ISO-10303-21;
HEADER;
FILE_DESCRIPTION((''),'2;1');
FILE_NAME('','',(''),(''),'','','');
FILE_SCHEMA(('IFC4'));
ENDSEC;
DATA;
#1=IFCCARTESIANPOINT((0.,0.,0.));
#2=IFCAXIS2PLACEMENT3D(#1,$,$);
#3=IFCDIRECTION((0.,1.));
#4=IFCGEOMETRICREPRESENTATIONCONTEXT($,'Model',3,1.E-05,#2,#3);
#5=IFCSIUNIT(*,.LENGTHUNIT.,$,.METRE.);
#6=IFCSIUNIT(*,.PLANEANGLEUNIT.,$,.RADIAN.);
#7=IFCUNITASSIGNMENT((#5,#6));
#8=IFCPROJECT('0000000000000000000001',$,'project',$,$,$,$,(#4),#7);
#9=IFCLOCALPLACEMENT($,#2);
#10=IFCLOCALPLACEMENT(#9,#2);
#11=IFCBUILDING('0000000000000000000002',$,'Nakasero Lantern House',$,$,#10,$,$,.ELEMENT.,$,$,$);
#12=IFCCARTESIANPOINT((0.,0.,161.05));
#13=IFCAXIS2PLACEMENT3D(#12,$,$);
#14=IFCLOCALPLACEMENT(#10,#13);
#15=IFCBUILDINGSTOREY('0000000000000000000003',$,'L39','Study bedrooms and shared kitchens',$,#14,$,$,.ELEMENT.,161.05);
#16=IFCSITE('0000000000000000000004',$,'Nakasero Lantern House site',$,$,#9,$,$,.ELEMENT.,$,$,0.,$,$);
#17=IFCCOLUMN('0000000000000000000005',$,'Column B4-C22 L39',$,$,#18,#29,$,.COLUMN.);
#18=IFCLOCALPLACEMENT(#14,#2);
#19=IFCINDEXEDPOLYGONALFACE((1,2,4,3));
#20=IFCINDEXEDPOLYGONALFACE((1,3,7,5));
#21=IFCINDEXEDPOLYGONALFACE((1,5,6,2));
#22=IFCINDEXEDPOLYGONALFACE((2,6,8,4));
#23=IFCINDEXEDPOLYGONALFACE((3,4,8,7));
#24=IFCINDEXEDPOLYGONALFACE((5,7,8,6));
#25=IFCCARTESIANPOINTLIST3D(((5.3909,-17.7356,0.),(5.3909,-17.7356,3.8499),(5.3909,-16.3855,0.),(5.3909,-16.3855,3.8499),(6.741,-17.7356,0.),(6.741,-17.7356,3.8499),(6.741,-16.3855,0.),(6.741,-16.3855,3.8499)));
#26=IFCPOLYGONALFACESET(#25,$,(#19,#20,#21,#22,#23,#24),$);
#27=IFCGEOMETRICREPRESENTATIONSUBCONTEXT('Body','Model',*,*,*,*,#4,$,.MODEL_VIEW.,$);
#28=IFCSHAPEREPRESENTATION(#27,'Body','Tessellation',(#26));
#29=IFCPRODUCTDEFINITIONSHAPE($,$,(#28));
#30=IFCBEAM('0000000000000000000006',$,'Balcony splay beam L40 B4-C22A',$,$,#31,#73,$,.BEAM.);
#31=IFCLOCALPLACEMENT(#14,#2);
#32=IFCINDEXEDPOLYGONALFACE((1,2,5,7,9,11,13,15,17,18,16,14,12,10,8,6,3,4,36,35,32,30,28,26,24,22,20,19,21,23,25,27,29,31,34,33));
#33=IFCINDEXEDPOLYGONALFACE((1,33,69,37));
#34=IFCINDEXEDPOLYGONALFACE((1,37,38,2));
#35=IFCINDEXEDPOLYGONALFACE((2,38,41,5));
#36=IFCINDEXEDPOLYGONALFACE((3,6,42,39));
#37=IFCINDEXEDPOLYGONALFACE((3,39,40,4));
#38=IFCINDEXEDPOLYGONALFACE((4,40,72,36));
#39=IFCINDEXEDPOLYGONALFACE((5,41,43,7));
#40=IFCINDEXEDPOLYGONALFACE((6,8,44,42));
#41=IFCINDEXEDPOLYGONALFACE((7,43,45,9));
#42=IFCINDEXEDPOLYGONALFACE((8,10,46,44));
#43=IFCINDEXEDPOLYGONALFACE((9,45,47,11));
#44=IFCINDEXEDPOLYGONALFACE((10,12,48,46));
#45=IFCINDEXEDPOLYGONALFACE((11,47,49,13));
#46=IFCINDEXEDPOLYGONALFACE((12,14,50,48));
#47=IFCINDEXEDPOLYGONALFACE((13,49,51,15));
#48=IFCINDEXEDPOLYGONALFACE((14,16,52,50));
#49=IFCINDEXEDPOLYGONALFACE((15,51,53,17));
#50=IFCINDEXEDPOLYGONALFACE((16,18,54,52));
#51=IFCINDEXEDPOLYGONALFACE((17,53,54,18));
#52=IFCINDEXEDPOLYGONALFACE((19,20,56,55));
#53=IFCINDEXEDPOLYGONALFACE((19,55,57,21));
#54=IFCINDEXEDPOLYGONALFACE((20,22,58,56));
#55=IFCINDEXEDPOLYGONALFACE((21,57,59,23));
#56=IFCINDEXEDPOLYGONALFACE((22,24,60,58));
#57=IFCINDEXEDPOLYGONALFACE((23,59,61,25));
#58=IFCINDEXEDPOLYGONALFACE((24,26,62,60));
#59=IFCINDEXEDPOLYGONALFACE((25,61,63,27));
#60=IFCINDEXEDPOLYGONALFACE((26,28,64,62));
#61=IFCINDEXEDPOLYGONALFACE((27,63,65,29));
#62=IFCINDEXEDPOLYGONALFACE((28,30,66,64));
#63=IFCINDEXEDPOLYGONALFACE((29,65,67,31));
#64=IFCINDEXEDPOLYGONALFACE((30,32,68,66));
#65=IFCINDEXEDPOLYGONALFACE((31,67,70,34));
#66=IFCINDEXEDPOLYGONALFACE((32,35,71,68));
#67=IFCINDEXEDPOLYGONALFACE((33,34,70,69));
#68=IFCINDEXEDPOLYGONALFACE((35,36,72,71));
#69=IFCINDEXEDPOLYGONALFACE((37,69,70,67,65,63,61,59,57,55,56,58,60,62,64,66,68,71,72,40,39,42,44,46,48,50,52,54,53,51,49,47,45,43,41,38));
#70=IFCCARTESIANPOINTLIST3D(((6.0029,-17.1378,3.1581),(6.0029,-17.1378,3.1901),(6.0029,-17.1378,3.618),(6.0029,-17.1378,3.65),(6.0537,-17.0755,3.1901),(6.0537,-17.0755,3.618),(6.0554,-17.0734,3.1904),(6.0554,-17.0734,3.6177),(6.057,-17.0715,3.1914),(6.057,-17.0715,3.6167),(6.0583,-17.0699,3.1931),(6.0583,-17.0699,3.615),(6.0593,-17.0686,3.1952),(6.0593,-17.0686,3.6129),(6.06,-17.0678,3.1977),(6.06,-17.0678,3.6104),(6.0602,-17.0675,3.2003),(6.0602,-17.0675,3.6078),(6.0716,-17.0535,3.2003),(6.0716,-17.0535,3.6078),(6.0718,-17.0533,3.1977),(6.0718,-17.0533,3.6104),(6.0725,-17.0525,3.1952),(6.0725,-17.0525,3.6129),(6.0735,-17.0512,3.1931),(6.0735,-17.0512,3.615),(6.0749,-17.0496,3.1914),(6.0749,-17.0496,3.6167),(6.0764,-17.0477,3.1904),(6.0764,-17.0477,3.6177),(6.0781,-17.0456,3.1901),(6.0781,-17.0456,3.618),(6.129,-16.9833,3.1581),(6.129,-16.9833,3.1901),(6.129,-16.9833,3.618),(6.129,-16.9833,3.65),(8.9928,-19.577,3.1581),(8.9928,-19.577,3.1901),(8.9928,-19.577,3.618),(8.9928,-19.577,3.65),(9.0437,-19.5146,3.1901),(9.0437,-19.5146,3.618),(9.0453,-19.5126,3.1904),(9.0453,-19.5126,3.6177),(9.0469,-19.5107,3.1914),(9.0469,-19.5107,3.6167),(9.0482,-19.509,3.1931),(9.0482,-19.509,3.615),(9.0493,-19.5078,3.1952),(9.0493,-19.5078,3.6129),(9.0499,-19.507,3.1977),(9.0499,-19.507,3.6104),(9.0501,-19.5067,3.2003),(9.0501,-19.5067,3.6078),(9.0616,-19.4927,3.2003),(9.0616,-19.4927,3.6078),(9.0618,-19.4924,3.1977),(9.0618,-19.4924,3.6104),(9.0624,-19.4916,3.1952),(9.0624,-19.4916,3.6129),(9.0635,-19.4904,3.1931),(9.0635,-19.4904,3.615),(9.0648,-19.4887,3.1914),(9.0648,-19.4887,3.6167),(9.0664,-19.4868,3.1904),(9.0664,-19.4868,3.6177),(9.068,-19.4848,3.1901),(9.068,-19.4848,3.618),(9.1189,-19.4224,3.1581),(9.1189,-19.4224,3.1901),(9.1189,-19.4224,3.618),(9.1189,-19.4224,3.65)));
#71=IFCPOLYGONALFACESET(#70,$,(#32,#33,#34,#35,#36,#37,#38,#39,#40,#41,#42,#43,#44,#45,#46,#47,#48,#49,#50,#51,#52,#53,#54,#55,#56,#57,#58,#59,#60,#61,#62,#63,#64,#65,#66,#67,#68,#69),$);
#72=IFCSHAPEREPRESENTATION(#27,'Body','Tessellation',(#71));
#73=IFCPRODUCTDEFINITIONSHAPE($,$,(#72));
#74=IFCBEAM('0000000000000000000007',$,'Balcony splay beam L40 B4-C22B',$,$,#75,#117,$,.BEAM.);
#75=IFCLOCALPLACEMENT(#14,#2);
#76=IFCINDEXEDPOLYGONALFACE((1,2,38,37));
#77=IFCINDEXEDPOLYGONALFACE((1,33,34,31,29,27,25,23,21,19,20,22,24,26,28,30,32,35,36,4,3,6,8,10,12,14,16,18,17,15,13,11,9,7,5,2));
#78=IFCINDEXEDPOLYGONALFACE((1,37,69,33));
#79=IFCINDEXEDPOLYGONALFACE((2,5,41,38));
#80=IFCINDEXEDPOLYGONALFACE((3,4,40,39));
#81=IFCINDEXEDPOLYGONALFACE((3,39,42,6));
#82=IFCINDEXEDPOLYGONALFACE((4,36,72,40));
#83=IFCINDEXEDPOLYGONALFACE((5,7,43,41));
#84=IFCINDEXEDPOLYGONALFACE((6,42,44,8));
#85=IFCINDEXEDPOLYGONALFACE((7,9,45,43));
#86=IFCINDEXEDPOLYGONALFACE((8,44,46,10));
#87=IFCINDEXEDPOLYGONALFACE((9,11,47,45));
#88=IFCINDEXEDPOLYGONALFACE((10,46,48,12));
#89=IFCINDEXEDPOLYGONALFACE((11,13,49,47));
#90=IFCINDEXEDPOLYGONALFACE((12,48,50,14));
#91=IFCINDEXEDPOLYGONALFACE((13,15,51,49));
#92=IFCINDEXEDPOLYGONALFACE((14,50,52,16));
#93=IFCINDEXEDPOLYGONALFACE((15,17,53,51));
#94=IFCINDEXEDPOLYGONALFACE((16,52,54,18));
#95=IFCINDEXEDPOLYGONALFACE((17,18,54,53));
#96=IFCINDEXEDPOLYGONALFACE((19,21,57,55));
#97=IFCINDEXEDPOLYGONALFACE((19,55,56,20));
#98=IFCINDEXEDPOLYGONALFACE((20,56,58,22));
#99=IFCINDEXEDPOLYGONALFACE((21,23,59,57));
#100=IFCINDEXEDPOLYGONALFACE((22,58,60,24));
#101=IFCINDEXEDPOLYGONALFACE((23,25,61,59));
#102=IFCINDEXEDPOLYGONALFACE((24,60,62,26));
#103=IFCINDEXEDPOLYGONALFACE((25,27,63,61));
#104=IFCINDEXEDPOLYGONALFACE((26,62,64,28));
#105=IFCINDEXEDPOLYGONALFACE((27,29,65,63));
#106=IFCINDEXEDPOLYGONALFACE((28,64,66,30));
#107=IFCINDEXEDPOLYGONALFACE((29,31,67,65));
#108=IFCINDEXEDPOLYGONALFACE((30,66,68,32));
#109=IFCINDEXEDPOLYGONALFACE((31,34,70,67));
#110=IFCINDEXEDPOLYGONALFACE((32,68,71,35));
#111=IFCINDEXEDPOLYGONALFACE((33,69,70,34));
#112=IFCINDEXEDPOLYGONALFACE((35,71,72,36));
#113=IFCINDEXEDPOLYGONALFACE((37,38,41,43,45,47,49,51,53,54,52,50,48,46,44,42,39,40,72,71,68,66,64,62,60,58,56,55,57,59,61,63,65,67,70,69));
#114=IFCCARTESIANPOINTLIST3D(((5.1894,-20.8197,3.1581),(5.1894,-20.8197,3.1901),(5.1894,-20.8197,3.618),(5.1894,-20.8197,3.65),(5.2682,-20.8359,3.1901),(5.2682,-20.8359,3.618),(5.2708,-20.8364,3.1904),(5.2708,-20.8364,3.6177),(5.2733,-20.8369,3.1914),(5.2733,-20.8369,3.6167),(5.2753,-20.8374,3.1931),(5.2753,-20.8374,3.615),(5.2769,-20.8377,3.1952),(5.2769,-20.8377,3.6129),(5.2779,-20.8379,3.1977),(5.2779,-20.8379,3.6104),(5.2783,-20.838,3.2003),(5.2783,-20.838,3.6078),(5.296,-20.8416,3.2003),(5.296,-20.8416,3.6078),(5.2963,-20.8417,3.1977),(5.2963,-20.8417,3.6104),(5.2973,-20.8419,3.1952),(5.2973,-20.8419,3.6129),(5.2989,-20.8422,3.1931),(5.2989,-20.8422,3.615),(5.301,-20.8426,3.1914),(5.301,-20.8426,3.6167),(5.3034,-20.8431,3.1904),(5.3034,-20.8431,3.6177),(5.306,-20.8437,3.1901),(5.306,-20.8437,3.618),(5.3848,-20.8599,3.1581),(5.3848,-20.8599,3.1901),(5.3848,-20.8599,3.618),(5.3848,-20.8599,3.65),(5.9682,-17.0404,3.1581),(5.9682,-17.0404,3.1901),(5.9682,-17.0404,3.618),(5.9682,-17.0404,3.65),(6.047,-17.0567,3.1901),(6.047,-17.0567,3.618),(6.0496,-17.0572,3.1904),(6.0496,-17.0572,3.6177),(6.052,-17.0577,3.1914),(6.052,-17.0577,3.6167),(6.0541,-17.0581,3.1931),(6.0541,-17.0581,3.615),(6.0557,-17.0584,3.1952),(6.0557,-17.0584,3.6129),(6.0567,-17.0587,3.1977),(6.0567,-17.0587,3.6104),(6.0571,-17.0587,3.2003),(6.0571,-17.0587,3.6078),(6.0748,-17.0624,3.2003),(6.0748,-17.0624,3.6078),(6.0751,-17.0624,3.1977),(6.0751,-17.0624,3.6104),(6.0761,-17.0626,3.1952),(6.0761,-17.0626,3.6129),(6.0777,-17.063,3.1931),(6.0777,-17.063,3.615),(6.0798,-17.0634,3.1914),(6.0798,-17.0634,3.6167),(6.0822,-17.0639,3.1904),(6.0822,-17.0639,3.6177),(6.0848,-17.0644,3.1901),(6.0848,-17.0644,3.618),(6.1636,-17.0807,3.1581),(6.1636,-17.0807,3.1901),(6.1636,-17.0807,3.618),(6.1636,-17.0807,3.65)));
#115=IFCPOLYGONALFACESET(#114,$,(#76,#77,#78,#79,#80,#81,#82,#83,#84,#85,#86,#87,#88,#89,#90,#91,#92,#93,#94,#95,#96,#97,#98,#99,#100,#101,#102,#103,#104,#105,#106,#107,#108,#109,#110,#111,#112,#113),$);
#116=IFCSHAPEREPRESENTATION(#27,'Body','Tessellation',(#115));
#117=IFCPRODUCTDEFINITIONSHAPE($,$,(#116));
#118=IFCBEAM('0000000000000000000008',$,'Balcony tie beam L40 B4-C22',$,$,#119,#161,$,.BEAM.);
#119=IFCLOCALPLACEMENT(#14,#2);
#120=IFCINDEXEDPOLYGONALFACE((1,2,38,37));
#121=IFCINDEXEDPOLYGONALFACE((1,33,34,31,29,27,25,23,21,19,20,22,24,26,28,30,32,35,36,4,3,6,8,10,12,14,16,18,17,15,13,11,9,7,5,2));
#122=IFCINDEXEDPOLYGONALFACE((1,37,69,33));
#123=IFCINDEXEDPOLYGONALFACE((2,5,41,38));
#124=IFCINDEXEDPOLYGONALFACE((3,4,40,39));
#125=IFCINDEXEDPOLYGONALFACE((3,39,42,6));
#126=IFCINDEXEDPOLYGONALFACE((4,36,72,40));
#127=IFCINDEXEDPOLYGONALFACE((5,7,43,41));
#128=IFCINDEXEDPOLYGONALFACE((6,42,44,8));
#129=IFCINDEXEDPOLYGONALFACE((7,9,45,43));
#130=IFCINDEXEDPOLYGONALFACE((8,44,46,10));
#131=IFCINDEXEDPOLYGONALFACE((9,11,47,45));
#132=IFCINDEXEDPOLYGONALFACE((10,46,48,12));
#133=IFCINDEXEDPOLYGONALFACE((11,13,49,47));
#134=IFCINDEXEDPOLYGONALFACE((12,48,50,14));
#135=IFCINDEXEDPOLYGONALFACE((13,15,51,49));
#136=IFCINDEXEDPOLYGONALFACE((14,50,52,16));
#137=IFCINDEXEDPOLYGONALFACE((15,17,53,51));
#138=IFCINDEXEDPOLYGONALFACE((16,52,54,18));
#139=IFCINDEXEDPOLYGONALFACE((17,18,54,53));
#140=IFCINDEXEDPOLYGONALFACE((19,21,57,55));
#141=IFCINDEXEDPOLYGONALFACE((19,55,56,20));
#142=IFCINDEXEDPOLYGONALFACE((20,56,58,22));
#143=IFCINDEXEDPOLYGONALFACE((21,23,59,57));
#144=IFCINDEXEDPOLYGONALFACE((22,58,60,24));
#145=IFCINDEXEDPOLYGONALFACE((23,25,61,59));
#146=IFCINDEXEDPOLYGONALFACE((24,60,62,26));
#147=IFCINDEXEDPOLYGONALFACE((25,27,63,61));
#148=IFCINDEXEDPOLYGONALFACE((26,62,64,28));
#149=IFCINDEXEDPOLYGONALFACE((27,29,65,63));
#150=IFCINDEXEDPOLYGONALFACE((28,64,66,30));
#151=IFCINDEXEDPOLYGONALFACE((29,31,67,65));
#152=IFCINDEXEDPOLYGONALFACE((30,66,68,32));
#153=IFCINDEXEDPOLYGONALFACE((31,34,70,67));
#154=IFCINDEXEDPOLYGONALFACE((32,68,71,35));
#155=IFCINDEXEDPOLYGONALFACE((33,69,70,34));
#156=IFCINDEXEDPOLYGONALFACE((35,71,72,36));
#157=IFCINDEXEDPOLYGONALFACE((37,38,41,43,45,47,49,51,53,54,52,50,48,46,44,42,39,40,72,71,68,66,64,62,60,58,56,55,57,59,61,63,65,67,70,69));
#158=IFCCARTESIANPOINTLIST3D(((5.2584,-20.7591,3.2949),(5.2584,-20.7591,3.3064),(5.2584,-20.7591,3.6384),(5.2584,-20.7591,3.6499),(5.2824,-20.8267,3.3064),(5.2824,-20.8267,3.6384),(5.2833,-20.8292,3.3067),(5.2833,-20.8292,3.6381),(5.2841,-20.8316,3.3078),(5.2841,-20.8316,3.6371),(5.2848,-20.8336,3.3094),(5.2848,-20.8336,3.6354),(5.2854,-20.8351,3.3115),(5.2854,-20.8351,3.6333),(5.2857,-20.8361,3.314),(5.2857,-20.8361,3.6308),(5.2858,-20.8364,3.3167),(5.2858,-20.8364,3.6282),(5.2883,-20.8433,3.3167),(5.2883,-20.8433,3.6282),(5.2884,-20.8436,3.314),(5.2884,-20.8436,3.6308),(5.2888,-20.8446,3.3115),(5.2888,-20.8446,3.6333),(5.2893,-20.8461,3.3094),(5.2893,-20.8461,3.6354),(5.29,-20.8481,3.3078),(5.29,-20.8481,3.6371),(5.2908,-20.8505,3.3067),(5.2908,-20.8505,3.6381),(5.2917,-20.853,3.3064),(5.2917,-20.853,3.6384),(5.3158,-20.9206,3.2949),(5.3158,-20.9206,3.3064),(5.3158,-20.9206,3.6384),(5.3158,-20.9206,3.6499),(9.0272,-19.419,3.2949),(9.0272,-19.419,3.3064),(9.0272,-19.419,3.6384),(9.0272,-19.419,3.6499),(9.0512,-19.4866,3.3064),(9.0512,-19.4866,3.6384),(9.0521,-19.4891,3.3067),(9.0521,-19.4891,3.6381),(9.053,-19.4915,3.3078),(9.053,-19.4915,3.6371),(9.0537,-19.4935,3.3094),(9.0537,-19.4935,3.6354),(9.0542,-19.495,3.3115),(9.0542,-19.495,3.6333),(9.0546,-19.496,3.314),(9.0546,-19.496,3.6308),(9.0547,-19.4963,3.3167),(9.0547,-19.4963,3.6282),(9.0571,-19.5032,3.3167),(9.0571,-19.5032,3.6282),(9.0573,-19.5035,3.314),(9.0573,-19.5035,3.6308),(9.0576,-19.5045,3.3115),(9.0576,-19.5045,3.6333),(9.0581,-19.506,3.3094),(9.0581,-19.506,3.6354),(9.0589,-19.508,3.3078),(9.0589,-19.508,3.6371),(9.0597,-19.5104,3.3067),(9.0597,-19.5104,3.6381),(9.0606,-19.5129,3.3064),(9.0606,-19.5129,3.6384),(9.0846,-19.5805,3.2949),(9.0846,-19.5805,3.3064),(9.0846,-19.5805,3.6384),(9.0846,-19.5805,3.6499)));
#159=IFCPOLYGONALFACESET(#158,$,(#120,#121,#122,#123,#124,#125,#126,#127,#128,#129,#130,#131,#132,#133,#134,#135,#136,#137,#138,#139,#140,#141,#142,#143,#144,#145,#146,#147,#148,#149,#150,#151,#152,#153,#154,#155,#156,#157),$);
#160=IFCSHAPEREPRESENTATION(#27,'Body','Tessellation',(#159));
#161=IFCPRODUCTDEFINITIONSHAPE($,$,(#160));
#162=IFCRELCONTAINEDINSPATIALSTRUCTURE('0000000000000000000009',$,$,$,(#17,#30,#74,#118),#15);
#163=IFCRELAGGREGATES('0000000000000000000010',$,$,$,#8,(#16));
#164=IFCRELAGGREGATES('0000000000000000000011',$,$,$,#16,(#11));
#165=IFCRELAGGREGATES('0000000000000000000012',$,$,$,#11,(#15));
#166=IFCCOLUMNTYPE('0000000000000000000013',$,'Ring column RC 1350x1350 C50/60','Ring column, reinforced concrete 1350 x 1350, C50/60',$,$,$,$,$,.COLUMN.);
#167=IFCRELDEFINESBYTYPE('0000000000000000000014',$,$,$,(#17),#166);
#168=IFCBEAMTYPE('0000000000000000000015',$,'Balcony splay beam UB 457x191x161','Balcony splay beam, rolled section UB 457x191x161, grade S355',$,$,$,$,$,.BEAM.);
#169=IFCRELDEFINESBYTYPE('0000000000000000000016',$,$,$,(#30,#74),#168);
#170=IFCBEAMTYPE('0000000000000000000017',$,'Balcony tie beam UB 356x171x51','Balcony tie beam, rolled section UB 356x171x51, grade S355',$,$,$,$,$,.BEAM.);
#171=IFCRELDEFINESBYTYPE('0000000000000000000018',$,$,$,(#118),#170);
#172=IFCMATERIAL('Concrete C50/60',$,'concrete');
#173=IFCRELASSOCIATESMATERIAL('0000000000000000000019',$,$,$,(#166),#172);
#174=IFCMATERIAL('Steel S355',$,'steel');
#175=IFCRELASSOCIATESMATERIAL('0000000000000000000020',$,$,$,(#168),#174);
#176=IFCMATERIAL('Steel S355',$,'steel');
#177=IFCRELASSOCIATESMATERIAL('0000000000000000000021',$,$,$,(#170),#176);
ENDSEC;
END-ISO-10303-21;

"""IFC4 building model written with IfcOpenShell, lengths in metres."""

from ifc_helpers import new_model, si_unit, direction, frame, origin, origin_2d, place, context, subcontext, project, spatial, rectangle, i_section, extrude, material, material_profile, profile_set, type_object, element, save


model = new_model("IFC4")

# Units and contexts
model_context = context("Model", 3, precision=1e-05, world=origin(), true_north=direction((0.0, 1.0)))
body_context = subcontext(model_context, "Body", "Model", "MODEL_VIEW")
ifc_project = project(units=[si_unit("LENGTHUNIT", "METRE"), si_unit("PLANEANGLEUNIT", "RADIAN")], contexts=[model_context])

# Site, building, storey
site_placement = place(None, origin())
site = spatial("IfcSite", under=ifc_project, at=site_placement, Name="Nakasero Lantern House site", CompositionType="ELEMENT", RefElevation=0.0)
building_placement = place(site_placement, origin())
building = spatial("IfcBuilding", under=site, at=building_placement, Name="Nakasero Lantern House", CompositionType="ELEMENT")
storey_placement = place(building_placement, frame((0.0, 0.0, 161.05)))
storey = spatial("IfcBuildingStorey", under=building, at=storey_placement, Name="L39", Description="Study bedrooms and shared kitchens", CompositionType="ELEMENT", Elevation=161.05)

# Column
ifc_material_1 = material(Name="Concrete C50/60", Category="concrete")
ifc_material_profile_1 = material_profile(ifc_material_1, rectangle(XDim=1.3501, YDim=1.3501, at=origin_2d()), Name="RC 1350x1350")
ifc_profile_set_1 = profile_set([ifc_material_profile_1], Name="Concrete C50/60")
column_type = type_object("IfcColumnType", Name="Ring column RC 1350x1350 C50/60", Description="Ring column, reinforced concrete 1350 x 1350, C50/60", PredefinedType="COLUMN", material=ifc_profile_set_1)
column_placement = place(storey_placement, frame((6.0659, -17.0605, 0.0), z_axis=(0.0, 0.0, 1.0), x_axis=(1.0, 0.0, 0.0)))
element("IfcColumn", 1, at=column_placement, inside=storey, type_object=column_type, Name="Column B4-C22 L39", PredefinedType="COLUMN", context=body_context, shape_type="SweptSolid", body=[
    extrude(rectangle(XDim=1.3501, YDim=1.3501, at=origin_2d()), origin(), (0.0, 0.0, 1.0), 3.8499),
])

# Beams
ifc_material_2 = material(Name="Steel S355", Category="steel")
ifc_material_profile_2 = material_profile(ifc_material_2, i_section(OverallWidth=0.1995, OverallDepth=0.4919, WebThickness=0.0181, FlangeThickness=0.032, FilletRadius=0.0103, at=origin_2d()), Name="UB 457x191x161")
ifc_profile_set_2 = profile_set([ifc_material_profile_2], Name="Steel S355")
beam_type_1 = type_object("IfcBeamType", Name="Balcony splay beam UB 457x191x161", Description="Balcony splay beam, rolled section UB 457x191x161, grade S355", PredefinedType="BEAM", material=ifc_profile_set_2)
for number, where, z_axis, x_axis, name in (
    (2, (6.0659, -17.0605, 3.4041), (0.774864, -0.632128, 0.0), (0.632128, 0.774864, 0.0), "Balcony splay beam L40 B4-C22A"),
    (3, (6.0659, -17.0605, 3.4041), (-0.201831, -0.97942, 0.0), (0.97942, -0.201831, 0.0), "Balcony splay beam L40 B4-C22B"),
):
    element("IfcBeam", number, at=place(storey_placement, frame(where, z_axis=z_axis, x_axis=x_axis)), inside=storey, type_object=beam_type_1, Name=name, PredefinedType="BEAM", context=body_context, shape_type="SweptSolid", body=[
        extrude(i_section(OverallWidth=0.1995, OverallDepth=0.4919, WebThickness=0.0181, FlangeThickness=0.032, FilletRadius=0.0103, at=origin_2d()), origin(), (0.0, 0.0, 1.0), 3.8586),
    ])
ifc_material_3 = material(Name="Steel S355", Category="steel")
ifc_material_profile_3 = material_profile(ifc_material_3, i_section(OverallWidth=0.1714, OverallDepth=0.355, WebThickness=0.0073, FlangeThickness=0.0115, FilletRadius=0.0103, at=origin_2d()), Name="UB 356x171x51")
ifc_profile_set_3 = profile_set([ifc_material_profile_3], Name="Steel S355")
beam_type_2 = type_object("IfcBeamType", Name="Balcony tie beam UB 356x171x51", Description="Balcony tie beam, rolled section UB 356x171x51, grade S355", PredefinedType="BEAM", material=ifc_profile_set_3)
beam_1_placement = place(storey_placement, frame((9.0559, -19.4998, 3.4724), z_axis=(-0.942209, -0.335025, 0.0), x_axis=(0.335025, -0.942209, 0.0)))
element("IfcBeam", 4, at=beam_1_placement, inside=storey, type_object=beam_type_2, Name="Balcony tie beam L40 B4-C22", PredefinedType="BEAM", context=body_context, shape_type="SweptSolid", body=[
    extrude(i_section(OverallWidth=0.1714, OverallDepth=0.355, WebThickness=0.0073, FlangeThickness=0.0115, FilletRadius=0.0103, at=origin_2d()), origin(), (0.0, 0.0, 1.0), 4.0),
])

save(model, "model.ifc")
